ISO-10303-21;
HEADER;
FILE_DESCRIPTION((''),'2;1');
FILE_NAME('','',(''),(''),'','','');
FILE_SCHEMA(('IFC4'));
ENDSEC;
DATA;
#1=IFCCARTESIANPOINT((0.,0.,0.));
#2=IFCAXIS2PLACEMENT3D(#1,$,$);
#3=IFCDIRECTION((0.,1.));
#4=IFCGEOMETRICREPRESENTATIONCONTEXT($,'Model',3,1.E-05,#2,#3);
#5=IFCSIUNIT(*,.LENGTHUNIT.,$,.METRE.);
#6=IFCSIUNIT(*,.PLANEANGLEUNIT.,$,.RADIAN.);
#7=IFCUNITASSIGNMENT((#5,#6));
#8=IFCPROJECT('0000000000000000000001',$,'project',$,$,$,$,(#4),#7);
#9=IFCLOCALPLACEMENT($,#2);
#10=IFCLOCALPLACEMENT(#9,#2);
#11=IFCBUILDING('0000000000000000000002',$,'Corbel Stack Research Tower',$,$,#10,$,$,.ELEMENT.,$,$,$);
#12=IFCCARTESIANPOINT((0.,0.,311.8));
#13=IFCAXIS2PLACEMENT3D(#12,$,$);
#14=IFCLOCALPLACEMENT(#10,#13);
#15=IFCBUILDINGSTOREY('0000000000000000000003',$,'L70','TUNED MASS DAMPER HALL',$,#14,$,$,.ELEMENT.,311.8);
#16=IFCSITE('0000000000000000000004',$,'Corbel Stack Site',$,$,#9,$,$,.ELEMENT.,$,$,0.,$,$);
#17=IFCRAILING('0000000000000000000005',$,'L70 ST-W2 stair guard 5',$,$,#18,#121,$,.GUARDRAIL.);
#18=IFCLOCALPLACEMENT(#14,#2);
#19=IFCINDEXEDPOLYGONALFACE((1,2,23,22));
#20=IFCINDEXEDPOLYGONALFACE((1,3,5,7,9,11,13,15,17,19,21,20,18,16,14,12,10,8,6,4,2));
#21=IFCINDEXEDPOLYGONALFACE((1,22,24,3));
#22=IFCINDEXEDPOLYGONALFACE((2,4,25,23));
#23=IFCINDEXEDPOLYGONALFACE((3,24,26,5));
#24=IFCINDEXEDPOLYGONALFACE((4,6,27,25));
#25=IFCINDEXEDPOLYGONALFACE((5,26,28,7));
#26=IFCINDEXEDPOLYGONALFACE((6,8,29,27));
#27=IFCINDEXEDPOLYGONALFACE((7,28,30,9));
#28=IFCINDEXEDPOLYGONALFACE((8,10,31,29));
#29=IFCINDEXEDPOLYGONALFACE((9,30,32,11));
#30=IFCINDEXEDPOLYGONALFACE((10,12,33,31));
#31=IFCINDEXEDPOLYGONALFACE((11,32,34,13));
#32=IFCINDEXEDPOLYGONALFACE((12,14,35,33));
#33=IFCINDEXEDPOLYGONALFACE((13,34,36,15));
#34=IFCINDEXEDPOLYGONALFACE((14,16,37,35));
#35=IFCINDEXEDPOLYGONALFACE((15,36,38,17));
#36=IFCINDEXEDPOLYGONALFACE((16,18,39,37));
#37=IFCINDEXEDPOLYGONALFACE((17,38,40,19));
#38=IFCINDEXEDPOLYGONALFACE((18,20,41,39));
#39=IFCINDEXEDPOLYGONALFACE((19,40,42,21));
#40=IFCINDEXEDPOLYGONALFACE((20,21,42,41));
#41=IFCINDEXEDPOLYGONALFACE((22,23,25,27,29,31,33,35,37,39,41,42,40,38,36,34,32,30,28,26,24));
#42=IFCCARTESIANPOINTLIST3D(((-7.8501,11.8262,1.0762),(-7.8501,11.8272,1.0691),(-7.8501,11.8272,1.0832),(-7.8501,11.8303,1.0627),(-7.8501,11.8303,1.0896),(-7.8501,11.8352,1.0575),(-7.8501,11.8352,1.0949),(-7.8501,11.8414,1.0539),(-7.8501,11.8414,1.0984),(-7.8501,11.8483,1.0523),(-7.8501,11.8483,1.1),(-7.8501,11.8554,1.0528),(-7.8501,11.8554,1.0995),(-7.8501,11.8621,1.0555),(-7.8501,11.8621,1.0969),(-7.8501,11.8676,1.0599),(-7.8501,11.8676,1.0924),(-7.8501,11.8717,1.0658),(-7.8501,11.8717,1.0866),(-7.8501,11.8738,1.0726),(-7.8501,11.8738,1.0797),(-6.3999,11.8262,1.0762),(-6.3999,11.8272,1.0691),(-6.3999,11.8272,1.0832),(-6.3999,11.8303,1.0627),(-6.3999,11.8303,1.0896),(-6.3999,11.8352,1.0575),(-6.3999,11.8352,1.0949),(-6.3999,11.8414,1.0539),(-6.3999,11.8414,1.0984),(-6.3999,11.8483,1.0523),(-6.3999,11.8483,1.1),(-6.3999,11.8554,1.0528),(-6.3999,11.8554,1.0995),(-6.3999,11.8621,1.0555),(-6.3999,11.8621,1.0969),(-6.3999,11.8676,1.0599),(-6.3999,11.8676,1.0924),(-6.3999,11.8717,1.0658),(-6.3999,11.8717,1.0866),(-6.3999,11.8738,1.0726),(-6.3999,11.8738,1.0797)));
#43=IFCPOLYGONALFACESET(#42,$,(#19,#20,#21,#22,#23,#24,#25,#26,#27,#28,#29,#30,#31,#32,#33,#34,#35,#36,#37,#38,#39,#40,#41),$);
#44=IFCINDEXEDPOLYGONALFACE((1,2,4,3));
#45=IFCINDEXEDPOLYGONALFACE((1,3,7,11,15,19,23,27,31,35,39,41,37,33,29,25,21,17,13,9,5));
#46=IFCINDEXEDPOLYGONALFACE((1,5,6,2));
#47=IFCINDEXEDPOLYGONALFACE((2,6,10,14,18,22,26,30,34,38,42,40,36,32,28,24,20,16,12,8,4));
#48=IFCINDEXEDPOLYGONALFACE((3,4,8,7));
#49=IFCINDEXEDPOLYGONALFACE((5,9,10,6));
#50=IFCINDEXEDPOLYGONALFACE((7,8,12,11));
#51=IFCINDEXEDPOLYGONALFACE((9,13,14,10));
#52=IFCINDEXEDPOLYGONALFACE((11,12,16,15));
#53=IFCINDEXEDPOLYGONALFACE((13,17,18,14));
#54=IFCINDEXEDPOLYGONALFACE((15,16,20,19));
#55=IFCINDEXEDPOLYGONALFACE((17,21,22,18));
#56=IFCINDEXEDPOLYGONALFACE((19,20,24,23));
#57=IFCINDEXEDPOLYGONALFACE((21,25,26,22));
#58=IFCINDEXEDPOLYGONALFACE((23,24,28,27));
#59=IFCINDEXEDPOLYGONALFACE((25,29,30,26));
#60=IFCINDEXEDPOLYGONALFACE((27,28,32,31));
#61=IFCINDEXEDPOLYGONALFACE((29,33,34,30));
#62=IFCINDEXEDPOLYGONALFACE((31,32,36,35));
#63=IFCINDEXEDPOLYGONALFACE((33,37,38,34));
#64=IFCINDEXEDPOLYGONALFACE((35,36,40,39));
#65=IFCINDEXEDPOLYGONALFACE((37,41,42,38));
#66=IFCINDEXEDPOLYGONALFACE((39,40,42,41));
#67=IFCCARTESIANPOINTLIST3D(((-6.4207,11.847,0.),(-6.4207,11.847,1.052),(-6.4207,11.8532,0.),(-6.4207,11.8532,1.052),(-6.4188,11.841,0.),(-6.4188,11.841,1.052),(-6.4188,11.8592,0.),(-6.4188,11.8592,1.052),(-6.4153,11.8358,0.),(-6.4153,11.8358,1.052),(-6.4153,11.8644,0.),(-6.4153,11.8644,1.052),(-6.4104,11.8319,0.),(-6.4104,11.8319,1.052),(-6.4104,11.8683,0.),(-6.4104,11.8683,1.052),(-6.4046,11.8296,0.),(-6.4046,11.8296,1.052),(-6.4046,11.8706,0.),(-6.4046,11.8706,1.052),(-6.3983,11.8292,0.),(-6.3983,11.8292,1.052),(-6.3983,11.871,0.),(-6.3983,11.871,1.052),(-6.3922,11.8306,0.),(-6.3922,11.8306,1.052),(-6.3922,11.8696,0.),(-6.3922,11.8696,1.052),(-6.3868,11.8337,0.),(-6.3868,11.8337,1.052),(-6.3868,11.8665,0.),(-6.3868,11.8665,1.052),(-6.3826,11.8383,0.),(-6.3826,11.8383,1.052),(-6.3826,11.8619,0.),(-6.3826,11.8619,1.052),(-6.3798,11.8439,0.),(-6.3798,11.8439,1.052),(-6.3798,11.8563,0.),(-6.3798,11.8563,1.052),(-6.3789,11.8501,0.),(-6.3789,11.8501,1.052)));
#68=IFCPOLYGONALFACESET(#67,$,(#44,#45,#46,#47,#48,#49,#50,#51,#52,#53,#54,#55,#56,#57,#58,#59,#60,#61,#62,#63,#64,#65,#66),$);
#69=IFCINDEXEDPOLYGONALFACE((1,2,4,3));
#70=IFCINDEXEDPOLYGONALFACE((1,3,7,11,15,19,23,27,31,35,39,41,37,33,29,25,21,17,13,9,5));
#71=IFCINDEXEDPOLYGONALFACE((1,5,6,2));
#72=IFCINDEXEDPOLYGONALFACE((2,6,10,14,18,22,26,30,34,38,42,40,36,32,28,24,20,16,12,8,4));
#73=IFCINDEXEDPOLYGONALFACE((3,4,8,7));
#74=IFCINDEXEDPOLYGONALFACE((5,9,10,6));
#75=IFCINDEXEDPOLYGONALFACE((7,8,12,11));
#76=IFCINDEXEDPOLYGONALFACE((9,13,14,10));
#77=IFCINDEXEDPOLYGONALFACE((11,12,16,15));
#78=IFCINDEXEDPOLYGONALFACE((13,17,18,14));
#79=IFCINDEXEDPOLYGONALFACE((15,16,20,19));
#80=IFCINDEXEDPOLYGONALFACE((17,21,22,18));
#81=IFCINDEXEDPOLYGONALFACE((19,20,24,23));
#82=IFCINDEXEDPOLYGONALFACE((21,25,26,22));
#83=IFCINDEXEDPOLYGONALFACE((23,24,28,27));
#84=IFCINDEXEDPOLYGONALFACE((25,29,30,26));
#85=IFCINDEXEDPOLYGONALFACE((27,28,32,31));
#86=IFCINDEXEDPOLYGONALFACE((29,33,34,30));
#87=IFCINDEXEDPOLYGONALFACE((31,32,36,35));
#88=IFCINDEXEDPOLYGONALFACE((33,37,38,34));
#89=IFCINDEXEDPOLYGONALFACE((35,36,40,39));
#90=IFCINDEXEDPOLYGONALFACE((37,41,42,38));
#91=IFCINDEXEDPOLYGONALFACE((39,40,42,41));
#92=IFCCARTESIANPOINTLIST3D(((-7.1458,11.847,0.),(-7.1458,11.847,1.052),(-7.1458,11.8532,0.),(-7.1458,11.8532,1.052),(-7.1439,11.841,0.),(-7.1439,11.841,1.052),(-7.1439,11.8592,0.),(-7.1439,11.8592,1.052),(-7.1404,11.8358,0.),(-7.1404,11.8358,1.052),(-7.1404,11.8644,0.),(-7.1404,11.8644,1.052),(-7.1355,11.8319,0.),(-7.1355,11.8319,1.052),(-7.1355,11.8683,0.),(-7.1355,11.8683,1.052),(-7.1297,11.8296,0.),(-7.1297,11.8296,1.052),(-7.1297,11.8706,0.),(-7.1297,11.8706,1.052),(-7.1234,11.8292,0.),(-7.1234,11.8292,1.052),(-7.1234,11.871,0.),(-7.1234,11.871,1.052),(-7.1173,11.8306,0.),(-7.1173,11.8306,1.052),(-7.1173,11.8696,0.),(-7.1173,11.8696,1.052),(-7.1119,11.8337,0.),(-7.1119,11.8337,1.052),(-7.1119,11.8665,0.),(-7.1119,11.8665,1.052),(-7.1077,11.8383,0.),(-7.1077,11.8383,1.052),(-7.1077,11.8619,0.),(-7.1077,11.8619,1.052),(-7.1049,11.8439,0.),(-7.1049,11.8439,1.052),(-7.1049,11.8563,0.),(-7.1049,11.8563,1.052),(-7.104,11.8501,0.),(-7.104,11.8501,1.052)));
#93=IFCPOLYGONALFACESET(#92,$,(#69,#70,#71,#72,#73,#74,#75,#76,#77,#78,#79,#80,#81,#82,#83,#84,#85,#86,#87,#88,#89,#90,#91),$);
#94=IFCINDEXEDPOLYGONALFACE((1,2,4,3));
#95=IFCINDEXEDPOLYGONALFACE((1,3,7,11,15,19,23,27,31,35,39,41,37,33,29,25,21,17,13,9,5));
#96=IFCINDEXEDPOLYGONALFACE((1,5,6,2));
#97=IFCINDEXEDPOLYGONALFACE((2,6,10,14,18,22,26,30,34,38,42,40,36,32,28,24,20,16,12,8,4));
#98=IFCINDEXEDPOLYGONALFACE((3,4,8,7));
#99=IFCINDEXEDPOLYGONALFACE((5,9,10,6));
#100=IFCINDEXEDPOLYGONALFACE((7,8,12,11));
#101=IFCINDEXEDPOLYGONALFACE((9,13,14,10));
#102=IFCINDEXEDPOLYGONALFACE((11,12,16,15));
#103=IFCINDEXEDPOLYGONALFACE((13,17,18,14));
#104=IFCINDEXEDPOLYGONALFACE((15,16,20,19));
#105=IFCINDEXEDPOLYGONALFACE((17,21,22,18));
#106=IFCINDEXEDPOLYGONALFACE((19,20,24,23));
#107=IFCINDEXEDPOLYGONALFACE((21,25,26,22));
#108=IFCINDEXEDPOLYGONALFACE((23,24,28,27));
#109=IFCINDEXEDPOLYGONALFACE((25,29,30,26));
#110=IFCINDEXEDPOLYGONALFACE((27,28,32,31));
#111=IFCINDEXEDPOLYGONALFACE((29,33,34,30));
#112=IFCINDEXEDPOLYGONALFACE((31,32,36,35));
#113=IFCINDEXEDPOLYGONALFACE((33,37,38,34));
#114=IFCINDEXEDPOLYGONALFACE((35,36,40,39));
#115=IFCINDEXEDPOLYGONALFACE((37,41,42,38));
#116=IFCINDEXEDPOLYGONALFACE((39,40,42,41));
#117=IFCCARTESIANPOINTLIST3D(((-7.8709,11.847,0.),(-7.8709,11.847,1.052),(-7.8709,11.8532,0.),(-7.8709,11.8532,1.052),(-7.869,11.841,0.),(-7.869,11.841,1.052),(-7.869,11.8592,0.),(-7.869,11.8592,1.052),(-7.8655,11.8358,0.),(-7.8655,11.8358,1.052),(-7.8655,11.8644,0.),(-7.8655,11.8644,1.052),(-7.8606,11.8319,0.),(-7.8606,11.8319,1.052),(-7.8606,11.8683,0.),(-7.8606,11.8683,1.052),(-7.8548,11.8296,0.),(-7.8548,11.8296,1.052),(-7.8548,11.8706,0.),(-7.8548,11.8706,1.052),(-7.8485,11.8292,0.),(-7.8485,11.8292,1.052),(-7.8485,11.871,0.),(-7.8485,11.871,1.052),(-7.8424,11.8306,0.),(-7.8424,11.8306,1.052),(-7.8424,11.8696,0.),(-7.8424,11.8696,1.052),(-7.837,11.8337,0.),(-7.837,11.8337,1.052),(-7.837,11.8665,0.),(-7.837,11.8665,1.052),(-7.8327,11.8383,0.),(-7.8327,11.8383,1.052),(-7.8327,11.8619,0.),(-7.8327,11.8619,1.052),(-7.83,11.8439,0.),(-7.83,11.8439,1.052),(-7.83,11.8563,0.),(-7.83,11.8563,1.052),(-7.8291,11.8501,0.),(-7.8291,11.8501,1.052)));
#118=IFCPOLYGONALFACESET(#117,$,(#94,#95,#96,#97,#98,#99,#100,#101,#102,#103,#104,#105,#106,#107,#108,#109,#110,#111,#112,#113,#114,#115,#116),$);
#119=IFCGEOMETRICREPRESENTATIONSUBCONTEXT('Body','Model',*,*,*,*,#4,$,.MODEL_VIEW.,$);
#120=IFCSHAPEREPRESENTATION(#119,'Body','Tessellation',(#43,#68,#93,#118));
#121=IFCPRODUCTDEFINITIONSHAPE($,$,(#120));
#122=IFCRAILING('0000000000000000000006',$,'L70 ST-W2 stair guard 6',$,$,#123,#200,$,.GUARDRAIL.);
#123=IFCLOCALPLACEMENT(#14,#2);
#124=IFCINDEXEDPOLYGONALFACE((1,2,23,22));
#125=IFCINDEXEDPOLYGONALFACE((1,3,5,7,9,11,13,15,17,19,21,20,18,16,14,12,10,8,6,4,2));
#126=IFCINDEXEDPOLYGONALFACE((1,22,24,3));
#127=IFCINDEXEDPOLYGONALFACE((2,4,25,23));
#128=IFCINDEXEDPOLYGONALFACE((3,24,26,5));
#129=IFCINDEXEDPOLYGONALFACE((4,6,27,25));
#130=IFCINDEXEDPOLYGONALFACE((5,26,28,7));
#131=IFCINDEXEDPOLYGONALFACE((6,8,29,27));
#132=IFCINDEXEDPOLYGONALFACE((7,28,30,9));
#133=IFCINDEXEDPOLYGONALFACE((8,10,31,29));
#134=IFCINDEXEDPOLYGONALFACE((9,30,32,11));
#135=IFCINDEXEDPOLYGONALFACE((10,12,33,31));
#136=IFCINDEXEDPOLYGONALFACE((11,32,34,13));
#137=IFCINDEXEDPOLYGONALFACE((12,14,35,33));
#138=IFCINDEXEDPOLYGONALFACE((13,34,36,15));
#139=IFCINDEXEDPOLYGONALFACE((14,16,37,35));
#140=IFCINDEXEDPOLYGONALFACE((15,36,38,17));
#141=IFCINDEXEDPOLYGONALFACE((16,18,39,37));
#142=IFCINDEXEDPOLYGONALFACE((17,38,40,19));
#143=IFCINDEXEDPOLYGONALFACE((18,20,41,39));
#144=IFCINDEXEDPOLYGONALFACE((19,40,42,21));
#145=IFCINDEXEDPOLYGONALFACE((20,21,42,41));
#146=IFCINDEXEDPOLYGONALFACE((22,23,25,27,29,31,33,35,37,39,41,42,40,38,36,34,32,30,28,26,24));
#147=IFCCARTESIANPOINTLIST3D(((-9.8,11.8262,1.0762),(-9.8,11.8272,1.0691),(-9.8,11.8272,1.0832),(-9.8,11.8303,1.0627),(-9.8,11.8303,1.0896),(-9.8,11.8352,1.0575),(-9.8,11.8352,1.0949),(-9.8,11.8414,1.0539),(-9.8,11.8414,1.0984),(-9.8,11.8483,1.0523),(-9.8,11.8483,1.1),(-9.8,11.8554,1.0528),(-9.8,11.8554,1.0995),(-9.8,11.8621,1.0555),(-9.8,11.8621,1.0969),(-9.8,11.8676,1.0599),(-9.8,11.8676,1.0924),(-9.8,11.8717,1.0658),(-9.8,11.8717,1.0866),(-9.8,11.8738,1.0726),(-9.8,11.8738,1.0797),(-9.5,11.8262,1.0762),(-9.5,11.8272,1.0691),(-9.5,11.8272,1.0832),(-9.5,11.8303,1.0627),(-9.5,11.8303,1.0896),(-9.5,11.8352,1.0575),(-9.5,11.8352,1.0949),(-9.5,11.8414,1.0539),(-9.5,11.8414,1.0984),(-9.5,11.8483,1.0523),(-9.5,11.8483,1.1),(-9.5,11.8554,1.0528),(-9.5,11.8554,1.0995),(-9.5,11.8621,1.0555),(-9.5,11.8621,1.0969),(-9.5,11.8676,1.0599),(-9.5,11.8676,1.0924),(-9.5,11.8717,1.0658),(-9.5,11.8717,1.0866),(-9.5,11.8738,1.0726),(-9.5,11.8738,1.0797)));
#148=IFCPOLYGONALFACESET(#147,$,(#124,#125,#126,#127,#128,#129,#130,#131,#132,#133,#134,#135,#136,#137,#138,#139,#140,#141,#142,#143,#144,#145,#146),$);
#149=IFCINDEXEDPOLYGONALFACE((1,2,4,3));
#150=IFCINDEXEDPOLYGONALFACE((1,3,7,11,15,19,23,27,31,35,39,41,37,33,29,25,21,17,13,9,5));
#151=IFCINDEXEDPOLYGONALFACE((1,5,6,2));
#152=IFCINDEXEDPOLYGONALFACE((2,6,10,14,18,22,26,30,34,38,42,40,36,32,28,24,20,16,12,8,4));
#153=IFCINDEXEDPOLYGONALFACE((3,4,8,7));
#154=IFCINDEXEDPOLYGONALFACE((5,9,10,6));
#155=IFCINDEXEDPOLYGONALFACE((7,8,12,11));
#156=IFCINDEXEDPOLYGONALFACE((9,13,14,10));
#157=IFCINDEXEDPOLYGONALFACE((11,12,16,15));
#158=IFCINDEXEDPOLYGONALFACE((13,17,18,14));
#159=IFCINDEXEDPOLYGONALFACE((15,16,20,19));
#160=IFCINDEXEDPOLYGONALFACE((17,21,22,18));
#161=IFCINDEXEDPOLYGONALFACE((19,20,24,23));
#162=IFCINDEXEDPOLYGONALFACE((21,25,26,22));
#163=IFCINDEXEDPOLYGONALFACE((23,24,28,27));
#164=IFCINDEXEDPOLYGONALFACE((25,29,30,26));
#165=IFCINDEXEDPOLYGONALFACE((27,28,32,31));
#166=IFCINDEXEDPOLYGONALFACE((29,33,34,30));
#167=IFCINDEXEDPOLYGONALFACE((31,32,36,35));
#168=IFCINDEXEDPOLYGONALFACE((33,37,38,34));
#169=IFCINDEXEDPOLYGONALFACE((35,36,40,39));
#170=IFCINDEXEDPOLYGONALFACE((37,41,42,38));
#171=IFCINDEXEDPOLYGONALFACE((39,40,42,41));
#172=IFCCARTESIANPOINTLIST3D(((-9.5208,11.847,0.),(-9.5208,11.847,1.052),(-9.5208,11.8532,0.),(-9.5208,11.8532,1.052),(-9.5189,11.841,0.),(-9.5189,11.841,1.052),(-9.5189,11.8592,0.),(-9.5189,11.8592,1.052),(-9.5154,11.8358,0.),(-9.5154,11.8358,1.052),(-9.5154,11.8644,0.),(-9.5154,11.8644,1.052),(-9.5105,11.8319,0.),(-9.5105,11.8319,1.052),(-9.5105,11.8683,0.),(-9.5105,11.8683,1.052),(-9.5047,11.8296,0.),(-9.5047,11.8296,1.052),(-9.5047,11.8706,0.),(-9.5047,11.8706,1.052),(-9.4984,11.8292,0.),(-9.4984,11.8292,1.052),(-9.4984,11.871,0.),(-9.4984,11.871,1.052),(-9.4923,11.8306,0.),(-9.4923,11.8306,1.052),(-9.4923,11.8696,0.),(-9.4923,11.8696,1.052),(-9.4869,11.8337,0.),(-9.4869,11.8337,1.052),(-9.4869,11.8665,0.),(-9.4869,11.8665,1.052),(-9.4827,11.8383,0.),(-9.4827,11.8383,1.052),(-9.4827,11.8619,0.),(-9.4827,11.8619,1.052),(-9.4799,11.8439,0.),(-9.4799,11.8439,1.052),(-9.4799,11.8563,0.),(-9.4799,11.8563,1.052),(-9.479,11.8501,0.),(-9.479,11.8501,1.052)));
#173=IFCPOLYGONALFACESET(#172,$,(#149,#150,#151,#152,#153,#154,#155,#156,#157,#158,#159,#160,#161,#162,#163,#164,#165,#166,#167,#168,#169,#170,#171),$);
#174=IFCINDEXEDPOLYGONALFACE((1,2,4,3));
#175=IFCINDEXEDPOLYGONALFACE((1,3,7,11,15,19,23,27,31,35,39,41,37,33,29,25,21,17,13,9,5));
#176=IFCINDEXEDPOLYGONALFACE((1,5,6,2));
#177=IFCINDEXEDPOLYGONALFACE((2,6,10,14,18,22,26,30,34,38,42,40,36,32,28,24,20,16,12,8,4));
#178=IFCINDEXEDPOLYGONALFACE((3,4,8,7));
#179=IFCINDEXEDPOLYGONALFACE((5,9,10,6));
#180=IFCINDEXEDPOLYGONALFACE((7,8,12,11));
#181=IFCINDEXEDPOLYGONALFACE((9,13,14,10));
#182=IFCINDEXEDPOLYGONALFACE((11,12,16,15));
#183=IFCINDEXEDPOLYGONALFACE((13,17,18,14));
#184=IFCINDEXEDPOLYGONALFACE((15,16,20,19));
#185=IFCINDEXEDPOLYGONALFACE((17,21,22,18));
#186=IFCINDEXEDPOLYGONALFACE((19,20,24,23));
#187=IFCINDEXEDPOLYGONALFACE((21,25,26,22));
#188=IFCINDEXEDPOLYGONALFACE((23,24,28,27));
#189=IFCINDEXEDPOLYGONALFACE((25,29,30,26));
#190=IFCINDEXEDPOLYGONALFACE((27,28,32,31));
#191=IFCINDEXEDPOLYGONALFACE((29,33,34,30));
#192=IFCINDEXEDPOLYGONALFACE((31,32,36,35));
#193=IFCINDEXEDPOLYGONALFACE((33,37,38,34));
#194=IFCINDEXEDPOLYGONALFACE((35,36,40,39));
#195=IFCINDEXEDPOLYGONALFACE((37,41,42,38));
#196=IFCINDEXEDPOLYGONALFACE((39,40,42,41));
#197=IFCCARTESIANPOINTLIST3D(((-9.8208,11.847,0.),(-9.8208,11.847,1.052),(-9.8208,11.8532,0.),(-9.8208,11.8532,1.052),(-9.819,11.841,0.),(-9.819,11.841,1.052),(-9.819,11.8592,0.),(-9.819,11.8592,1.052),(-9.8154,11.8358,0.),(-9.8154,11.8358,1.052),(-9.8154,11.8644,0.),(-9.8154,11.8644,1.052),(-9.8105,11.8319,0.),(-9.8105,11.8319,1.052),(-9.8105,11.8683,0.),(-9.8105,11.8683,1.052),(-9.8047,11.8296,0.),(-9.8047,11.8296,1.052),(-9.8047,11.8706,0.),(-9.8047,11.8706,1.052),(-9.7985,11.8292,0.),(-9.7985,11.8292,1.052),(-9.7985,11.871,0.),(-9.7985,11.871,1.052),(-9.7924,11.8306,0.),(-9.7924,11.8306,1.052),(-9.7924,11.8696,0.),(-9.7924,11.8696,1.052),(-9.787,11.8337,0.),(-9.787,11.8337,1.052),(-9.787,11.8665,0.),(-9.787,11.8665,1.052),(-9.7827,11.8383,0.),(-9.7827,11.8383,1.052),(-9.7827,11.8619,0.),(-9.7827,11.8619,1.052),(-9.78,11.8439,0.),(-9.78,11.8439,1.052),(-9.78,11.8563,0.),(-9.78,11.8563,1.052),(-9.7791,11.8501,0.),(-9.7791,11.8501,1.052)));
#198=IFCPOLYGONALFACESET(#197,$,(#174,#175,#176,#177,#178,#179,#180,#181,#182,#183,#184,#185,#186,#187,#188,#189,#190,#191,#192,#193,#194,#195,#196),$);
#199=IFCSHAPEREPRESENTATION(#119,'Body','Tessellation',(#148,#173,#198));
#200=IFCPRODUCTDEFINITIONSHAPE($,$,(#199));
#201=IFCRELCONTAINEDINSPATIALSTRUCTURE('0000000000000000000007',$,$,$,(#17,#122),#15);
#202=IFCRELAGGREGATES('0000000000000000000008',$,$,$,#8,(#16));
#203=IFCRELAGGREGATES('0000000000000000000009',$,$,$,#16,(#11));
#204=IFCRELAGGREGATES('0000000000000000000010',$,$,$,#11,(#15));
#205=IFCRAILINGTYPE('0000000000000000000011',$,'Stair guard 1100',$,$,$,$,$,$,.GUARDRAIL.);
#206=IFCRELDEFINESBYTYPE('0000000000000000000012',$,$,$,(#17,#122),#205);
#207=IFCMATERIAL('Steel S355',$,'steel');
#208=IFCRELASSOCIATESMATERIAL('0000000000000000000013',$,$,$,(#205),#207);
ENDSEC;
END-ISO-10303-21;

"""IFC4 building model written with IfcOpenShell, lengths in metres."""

from ifc_helpers import new_model, si_unit, direction, frame, origin, origin_2d, place, context, subcontext, project, spatial, circle, extrude, material, type_object, element, save


model = new_model("IFC4")

# Units and contexts
model_context = context("Model", 3, precision=1e-05, world=origin(), true_north=direction((0.0, 1.0)))
body_context = subcontext(model_context, "Body", "Model", "MODEL_VIEW")
ifc_project = project(units=[si_unit("LENGTHUNIT", "METRE"), si_unit("PLANEANGLEUNIT", "RADIAN")], contexts=[model_context])

# Site, building, storey
site_placement = place(None, origin())
site = spatial("IfcSite", under=ifc_project, at=site_placement, Name="Corbel Stack Site", CompositionType="ELEMENT", RefElevation=0.0)
building_placement = place(site_placement, origin())
building = spatial("IfcBuilding", under=site, at=building_placement, Name="Corbel Stack Research Tower", CompositionType="ELEMENT")
storey_placement = place(building_placement, frame((0.0, 0.0, 311.8)))
storey = spatial("IfcBuildingStorey", under=building, at=storey_placement, Name="L70", Description="TUNED MASS DAMPER HALL", CompositionType="ELEMENT", Elevation=311.8)

# Railings
ifc_material_1 = material(Name="Steel S355", Category="steel")
railing_type_1 = type_object("IfcRailingType", Name="Stair guard 1100", PredefinedType="GUARDRAIL", material=ifc_material_1)
railing_1_placement = place(storey_placement, frame((-6.3999, 11.8501, 0.0)))
element("IfcRailing", 1, at=railing_1_placement, inside=storey, type_object=railing_type_1, Name="L70 ST-W2 stair guard 5", PredefinedType="GUARDRAIL", context=body_context, shape_type="SweptSolid", body=[
    extrude(circle(Radius=0.0239, at=origin_2d()), frame((0.0, 0.0, 1.0762), z_axis=(-1.0, 0.0, 0.0), x_axis=(0.0, -1.0, 0.0)), (0.0, 0.0, 1.0), 1.4502),
    extrude(circle(Radius=0.021, at=origin_2d()), origin(), (0.0, 0.0, 1.0), 1.052),
    extrude(circle(Radius=0.021, at=origin_2d()), frame((-0.7251, 0.0, 0.0)), (0.0, 0.0, 1.0), 1.052),
    extrude(circle(Radius=0.021, at=origin_2d()), frame((-1.4502, 0.0, 0.0)), (0.0, 0.0, 1.0), 1.052),
])
railing_2_placement = place(storey_placement, frame((-9.5, 11.8501, 0.0)))
element("IfcRailing", 2, at=railing_2_placement, inside=storey, type_object=railing_type_1, Name="L70 ST-W2 stair guard 6", PredefinedType="GUARDRAIL", context=body_context, shape_type="SweptSolid", body=[
    extrude(circle(Radius=0.0239, at=origin_2d()), frame((0.0, 0.0, 1.0762), z_axis=(-1.0, 0.0, 0.0), x_axis=(0.0, -1.0, 0.0)), (0.0, 0.0, 1.0), 0.3),
    extrude(circle(Radius=0.021, at=origin_2d()), origin(), (0.0, 0.0, 1.0), 1.052),
    extrude(circle(Radius=0.021, at=origin_2d()), frame((-0.3, 0.0, 0.0)), (0.0, 0.0, 1.0), 1.052),
])

save(model, "model.ifc")
